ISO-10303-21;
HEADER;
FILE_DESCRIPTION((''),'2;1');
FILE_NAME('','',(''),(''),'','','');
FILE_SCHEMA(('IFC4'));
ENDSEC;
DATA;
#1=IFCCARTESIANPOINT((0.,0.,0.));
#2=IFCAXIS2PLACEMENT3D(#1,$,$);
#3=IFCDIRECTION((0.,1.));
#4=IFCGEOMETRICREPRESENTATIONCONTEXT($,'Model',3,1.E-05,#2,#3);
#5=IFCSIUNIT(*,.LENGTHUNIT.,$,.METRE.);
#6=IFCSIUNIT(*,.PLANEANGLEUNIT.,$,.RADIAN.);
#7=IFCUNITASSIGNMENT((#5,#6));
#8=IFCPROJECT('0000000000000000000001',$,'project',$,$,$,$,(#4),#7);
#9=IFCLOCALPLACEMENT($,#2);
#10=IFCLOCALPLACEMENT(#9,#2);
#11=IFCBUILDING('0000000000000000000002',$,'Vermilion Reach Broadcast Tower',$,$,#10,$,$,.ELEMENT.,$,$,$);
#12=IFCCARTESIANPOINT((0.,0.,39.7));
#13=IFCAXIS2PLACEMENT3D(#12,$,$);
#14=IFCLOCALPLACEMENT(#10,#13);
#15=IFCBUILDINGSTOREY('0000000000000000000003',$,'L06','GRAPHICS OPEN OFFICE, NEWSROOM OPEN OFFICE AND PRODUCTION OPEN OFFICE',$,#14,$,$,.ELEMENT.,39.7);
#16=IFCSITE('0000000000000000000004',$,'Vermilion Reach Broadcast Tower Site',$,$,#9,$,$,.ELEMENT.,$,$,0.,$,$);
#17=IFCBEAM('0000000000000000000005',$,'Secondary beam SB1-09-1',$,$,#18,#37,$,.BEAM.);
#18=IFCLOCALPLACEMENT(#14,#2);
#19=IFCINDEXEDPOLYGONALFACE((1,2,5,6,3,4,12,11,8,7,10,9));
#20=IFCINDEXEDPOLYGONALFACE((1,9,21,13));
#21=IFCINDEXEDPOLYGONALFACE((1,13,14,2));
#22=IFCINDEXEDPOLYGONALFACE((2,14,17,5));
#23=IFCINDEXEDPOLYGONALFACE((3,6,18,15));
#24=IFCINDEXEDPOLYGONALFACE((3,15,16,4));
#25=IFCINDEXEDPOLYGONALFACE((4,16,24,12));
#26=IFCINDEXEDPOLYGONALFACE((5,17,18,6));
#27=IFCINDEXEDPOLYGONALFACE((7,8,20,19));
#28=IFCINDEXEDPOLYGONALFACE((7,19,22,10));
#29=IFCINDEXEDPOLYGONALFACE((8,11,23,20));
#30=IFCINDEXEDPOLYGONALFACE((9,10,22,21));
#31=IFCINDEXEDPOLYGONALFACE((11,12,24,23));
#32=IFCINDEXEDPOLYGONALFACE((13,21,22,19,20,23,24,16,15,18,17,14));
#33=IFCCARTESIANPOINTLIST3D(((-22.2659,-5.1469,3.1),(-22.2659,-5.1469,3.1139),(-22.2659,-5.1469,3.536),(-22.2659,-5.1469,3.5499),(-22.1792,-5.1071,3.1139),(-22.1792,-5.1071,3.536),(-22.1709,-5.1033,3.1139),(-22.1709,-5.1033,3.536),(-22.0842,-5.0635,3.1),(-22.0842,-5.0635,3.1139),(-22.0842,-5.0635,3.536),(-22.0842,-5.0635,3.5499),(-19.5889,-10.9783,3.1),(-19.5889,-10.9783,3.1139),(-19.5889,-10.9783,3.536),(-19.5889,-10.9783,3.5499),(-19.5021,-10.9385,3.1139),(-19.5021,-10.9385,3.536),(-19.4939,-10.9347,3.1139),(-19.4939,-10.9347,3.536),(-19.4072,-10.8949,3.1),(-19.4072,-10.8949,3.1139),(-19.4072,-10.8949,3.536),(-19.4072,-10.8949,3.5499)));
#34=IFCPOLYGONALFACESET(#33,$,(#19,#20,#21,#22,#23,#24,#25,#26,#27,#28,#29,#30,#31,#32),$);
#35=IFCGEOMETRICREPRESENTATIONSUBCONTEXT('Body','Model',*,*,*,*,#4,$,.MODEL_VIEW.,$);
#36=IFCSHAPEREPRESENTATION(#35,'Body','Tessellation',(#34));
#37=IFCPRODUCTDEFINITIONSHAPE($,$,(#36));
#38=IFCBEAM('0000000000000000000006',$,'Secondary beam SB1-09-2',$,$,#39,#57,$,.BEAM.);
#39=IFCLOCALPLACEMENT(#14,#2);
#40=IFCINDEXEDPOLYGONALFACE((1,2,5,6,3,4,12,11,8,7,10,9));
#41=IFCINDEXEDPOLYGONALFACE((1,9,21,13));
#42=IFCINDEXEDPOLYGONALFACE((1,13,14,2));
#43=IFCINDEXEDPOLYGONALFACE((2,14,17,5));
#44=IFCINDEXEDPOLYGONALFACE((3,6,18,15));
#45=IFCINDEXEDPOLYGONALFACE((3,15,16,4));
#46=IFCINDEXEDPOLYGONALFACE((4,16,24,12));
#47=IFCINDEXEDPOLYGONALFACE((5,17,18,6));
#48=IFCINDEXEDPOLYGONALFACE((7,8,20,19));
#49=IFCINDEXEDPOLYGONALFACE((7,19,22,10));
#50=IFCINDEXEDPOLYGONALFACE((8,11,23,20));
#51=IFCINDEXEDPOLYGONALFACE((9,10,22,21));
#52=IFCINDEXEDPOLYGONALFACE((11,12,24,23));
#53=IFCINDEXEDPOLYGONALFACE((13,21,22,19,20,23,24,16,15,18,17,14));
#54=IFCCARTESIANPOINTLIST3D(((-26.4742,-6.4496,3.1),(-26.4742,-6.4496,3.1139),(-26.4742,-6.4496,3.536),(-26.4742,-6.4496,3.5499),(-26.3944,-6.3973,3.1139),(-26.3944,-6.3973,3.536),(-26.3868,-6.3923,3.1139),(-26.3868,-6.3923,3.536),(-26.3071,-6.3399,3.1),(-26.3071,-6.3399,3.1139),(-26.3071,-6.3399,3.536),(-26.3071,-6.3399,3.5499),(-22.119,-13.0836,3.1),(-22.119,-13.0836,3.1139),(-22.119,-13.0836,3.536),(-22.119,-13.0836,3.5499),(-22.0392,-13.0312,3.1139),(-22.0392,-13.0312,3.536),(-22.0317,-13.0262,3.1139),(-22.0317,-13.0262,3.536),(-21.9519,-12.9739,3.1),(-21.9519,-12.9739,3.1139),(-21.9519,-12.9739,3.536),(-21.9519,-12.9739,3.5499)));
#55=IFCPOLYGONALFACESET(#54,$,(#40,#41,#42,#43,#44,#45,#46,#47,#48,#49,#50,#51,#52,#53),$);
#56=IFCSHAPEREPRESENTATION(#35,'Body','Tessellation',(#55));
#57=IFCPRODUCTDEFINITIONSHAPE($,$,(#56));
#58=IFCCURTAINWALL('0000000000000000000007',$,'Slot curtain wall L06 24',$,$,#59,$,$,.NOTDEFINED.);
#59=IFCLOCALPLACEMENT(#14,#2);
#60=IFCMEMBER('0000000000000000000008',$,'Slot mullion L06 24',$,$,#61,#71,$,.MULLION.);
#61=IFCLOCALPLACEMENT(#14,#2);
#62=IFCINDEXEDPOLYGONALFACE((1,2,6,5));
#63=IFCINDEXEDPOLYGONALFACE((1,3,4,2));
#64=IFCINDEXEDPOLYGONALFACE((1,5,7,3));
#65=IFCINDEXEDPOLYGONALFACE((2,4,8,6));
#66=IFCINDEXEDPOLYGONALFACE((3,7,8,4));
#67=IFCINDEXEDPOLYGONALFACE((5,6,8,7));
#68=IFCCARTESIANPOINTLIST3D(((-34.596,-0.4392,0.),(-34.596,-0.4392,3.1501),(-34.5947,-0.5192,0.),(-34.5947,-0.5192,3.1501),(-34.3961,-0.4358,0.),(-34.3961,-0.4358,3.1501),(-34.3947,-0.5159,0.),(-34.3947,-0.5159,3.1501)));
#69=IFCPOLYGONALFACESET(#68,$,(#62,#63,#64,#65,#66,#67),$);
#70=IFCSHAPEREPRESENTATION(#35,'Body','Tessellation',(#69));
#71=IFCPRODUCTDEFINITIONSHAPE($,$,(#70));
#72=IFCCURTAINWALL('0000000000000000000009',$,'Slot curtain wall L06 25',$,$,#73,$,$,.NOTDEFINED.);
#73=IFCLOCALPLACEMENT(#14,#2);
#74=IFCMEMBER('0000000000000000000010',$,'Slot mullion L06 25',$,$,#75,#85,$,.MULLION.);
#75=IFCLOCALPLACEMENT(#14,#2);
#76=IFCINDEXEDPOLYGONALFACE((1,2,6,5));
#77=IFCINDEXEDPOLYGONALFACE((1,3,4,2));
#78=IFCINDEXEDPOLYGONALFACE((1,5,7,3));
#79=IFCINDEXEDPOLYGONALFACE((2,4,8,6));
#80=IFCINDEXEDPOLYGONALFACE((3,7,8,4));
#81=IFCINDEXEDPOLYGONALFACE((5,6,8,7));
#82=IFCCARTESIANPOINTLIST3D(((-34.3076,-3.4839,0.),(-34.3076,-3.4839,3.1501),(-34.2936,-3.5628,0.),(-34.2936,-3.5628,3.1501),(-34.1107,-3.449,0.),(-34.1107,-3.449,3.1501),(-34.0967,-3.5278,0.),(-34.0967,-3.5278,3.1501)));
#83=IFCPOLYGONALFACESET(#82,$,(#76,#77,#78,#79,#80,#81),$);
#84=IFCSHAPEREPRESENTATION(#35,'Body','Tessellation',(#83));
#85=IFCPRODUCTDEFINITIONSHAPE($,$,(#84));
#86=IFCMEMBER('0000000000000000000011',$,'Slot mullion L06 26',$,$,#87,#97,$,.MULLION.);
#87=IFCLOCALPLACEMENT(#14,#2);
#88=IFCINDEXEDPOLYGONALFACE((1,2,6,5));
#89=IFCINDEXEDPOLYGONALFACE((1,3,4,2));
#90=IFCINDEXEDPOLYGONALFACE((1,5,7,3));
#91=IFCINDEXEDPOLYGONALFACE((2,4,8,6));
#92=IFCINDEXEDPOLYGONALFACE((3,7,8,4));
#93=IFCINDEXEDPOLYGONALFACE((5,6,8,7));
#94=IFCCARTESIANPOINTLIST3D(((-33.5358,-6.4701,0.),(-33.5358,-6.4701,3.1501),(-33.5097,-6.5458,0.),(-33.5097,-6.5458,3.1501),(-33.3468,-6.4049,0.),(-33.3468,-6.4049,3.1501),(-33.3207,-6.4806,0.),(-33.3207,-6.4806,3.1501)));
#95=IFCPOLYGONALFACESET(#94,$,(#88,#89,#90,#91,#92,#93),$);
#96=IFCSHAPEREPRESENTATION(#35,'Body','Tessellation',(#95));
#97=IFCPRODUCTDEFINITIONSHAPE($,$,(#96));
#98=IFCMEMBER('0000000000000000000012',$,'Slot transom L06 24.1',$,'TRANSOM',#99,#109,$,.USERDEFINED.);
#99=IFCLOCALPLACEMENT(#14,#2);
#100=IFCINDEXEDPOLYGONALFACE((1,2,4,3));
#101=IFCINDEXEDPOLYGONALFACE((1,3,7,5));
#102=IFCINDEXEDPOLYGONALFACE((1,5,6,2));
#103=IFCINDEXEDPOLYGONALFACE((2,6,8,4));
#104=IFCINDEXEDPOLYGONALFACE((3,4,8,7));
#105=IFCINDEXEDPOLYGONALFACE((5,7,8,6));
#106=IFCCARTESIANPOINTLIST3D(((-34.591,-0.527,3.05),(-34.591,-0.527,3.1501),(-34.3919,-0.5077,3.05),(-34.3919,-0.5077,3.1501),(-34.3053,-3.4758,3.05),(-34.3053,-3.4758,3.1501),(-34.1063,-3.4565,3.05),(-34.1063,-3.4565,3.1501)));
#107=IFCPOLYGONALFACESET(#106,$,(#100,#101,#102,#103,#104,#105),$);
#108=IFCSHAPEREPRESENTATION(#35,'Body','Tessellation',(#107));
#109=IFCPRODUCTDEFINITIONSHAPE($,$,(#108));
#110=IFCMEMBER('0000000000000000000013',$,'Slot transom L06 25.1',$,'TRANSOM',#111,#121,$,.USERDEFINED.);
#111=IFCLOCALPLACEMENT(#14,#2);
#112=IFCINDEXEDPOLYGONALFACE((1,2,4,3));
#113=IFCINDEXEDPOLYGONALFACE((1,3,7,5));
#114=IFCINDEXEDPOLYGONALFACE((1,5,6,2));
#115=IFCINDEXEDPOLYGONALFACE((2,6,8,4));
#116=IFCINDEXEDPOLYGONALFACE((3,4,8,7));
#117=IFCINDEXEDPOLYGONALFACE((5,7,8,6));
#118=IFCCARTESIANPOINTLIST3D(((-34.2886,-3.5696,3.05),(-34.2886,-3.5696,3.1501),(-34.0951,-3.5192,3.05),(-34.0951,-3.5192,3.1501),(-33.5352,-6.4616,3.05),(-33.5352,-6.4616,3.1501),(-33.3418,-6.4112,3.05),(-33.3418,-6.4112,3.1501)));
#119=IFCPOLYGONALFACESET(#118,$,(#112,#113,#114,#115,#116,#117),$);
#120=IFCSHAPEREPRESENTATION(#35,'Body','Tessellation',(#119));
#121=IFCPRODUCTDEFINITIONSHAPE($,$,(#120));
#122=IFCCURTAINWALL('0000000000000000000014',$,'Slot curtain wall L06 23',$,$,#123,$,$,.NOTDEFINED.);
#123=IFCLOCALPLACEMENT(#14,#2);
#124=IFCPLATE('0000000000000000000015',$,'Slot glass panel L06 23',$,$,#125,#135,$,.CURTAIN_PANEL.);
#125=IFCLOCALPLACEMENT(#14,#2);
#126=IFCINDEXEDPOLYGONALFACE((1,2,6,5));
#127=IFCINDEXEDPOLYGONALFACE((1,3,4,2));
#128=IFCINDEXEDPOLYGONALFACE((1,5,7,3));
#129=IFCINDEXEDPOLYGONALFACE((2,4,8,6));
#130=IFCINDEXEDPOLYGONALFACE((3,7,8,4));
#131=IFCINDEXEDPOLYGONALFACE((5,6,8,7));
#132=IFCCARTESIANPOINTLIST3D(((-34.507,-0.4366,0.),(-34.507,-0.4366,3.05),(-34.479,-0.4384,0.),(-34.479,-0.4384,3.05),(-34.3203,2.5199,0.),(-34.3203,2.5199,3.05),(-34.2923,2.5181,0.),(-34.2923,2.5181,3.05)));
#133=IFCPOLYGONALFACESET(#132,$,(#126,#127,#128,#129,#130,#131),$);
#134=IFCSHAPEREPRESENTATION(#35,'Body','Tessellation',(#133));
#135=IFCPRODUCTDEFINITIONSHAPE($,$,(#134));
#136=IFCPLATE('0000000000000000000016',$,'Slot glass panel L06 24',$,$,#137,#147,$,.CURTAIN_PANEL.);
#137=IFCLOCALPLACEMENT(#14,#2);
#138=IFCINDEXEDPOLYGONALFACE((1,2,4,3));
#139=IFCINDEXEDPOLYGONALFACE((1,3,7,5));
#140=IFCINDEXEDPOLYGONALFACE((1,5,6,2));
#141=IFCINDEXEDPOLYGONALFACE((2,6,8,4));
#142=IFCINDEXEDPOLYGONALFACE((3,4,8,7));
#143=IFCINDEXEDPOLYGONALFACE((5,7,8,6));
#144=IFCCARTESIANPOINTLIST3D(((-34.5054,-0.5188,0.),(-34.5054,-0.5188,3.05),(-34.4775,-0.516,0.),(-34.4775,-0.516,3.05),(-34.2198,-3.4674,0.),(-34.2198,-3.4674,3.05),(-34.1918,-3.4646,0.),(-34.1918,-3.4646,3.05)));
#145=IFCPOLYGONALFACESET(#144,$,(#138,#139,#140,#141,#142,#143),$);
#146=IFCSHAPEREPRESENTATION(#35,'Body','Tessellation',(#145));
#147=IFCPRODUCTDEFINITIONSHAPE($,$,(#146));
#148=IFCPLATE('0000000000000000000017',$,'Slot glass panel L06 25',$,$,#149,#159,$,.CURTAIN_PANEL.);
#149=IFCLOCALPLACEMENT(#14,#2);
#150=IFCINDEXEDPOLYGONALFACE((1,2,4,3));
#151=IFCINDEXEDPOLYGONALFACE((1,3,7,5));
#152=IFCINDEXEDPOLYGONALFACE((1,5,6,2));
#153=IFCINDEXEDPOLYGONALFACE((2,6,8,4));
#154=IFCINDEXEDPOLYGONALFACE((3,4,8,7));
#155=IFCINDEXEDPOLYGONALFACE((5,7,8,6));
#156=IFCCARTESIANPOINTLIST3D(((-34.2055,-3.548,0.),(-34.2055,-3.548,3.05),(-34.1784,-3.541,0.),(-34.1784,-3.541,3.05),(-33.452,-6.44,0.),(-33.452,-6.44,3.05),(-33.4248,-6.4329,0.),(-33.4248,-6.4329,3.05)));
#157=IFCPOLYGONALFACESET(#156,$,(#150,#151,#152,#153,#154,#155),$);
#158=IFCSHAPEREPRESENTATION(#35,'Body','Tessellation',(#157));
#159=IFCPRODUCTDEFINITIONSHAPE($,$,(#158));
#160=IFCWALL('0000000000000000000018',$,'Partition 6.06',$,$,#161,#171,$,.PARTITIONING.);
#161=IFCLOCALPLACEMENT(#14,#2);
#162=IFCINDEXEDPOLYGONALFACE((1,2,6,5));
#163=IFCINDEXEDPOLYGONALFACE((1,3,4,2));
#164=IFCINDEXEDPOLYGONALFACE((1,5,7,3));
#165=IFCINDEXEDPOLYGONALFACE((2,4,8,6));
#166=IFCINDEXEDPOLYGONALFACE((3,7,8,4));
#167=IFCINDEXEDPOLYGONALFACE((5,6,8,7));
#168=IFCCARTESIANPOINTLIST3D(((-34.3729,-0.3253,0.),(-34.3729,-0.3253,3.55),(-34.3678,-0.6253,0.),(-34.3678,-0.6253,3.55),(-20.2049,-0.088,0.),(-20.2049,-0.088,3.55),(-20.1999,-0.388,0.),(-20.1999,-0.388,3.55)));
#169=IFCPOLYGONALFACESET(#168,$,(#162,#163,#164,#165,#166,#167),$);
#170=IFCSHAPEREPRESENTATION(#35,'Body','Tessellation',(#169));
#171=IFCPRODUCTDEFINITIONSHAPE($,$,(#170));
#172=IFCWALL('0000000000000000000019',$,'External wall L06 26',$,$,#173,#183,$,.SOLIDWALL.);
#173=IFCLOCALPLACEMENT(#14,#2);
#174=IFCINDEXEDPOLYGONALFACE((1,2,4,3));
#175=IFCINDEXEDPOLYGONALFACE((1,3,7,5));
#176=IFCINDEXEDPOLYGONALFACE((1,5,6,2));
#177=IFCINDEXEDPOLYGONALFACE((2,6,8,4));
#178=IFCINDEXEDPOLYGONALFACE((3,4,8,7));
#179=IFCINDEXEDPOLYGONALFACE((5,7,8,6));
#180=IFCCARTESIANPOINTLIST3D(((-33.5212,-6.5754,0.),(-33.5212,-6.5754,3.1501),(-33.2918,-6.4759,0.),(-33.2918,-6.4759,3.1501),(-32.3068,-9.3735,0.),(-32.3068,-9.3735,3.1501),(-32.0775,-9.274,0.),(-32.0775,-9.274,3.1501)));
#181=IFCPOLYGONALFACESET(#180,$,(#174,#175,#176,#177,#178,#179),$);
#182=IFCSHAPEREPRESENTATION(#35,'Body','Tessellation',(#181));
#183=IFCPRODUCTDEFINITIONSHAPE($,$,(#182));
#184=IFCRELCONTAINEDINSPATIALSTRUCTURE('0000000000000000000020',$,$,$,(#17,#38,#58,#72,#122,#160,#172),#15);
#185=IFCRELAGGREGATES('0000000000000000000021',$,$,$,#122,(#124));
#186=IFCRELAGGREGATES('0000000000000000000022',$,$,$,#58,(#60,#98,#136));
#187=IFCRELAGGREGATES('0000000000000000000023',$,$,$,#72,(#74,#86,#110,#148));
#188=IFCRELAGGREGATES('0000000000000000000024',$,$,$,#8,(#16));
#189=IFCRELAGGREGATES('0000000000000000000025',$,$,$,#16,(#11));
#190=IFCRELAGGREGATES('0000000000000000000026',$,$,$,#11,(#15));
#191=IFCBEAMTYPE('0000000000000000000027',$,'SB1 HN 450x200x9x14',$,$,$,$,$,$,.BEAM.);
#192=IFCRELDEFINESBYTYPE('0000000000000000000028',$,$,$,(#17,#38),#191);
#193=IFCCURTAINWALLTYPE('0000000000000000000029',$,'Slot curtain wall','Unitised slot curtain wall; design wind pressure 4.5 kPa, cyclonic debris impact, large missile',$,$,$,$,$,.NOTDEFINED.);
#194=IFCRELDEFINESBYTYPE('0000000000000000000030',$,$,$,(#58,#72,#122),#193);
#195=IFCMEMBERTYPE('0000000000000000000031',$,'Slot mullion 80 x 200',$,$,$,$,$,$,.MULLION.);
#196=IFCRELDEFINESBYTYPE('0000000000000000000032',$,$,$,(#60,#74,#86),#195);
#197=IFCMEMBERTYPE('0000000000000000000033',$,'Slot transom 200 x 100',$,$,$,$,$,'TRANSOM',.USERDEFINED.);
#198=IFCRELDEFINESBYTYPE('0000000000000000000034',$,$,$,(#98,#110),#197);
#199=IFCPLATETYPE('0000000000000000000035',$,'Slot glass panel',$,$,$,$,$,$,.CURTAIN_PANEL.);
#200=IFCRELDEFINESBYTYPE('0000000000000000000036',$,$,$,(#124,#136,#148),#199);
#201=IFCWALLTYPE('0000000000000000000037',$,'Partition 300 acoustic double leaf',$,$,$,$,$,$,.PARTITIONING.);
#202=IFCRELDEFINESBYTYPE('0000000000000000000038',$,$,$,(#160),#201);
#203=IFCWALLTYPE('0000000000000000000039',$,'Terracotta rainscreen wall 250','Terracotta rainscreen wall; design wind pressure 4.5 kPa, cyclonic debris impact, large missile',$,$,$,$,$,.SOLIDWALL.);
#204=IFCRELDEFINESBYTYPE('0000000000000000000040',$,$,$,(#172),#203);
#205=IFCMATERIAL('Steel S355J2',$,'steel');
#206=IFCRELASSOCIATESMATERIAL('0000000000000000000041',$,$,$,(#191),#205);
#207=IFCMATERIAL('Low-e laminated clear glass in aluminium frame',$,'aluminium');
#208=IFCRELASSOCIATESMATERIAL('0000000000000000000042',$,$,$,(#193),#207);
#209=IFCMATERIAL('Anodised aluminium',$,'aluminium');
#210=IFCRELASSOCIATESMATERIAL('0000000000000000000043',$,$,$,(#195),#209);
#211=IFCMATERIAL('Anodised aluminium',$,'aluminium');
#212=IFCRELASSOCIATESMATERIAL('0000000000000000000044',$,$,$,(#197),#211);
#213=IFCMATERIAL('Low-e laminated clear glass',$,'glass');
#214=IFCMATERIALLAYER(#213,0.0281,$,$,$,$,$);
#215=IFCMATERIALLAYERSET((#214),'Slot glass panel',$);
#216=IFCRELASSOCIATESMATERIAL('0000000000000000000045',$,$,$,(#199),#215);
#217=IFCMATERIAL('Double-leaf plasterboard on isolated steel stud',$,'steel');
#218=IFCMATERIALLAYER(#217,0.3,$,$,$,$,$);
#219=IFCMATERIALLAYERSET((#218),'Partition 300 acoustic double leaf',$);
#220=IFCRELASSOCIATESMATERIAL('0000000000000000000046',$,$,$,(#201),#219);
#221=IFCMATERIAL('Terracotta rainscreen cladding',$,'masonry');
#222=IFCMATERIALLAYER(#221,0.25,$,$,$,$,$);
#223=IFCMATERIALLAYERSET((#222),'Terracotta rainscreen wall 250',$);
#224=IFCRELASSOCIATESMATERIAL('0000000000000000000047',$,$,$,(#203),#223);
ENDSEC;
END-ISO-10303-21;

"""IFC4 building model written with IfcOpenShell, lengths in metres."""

from ifc_helpers import new_model, si_unit, direction, frame, frame_2d, origin, origin_2d, place, context, subcontext, project, spatial, rectangle, i_section, extrude, material, layer, layer_set, material_profile, profile_set, type_object, element, aggregate, save


model = new_model("IFC4")

# Units and contexts
model_context = context("Model", 3, precision=1e-05, world=origin(), true_north=direction((0.0, 1.0)))
body_context = subcontext(model_context, "Body", "Model", "MODEL_VIEW")
ifc_project = project(units=[si_unit("LENGTHUNIT", "METRE"), si_unit("PLANEANGLEUNIT", "RADIAN")], contexts=[model_context])

# Site, building, storey
site_placement = place(None, origin())
site = spatial("IfcSite", under=ifc_project, at=site_placement, Name="Vermilion Reach Broadcast Tower Site", CompositionType="ELEMENT", RefElevation=0.0)
building_placement = place(site_placement, origin())
building = spatial("IfcBuilding", under=site, at=building_placement, Name="Vermilion Reach Broadcast Tower", CompositionType="ELEMENT")
storey_placement = place(building_placement, frame((0.0, 0.0, 39.7)))
storey = spatial("IfcBuildingStorey", under=building, at=storey_placement, Name="L06", Description="GRAPHICS OPEN OFFICE, NEWSROOM OPEN OFFICE AND PRODUCTION OPEN OFFICE", CompositionType="ELEMENT", Elevation=39.7)

# Beams
ifc_material_1 = material(Name="Steel S355J2", Category="steel")
ifc_material_profile_1 = material_profile(ifc_material_1, i_section(OverallWidth=0.2, OverallDepth=0.45, WebThickness=0.009, FlangeThickness=0.0139, at=origin_2d()), Name="S355J2 HN 450x200x9x14")
ifc_profile_set_1 = profile_set([ifc_material_profile_1], Name="Steel S355J2")
beam_type_1 = type_object("IfcBeamType", Name="SB1 HN 450x200x9x14", PredefinedType="BEAM", material=ifc_profile_set_1)
beam_1_placement = place(storey_placement, frame((-22.175, -5.1052, 3.325), z_axis=(0.417211, -0.908809, 0.0), x_axis=(0.908809, 0.417211, 0.0)))
element("IfcBeam", 1, at=beam_1_placement, inside=storey, type_object=beam_type_1, Name="Secondary beam SB1-09-1", PredefinedType="BEAM", context=body_context, shape_type="SweptSolid", body=[
    extrude(i_section(OverallWidth=0.2, OverallDepth=0.45, WebThickness=0.009, FlangeThickness=0.0139, at=origin_2d()), origin(), (0.0, 0.0, 1.0), 6.4165),
])
beam_2_placement = place(storey_placement, frame((-26.3906, -6.3948, 3.325), z_axis=(0.548801, -0.835953, 0.0), x_axis=(0.835953, 0.548801, 0.0)))
element("IfcBeam", 2, at=beam_2_placement, inside=storey, type_object=beam_type_1, Name="Secondary beam SB1-09-2", PredefinedType="BEAM", context=body_context, shape_type="SweptSolid", body=[
    extrude(i_section(OverallWidth=0.2, OverallDepth=0.45, WebThickness=0.009, FlangeThickness=0.0139, at=origin_2d()), origin(), (0.0, 0.0, 1.0), 7.9358),
])

# Curtain wall, member
ifc_material_2 = material(Name="Low-e laminated clear glass in aluminium frame", Category="aluminium")
curtain_wall_type = type_object("IfcCurtainWallType", Name="Slot curtain wall", Description="Unitised slot curtain wall; design wind pressure 4.5 kPa, cyclonic debris impact, large missile", PredefinedType="NOTDEFINED", material=ifc_material_2)
placement = place(storey_placement, origin())
curtain_wall_1 = element("IfcCurtainWall", 3, at=placement, inside=storey, type_object=curtain_wall_type, Name="Slot curtain wall L06 24", PredefinedType="NOTDEFINED")
ifc_material_3 = material(Name="Anodised aluminium", Category="aluminium")
ifc_material_profile_2 = material_profile(ifc_material_3, rectangle(XDim=0.2, YDim=0.0801, at=origin_2d()), Name="Slot mullion 80 x 200")
ifc_profile_set_2 = profile_set([ifc_material_profile_2], Name="Anodised aluminium")
member_type_1 = type_object("IfcMemberType", Name="Slot mullion 80 x 200", PredefinedType="MULLION", material=ifc_profile_set_2)
member_1_placement = place(storey_placement, frame((-34.4954, -0.4775, 0.0), z_axis=(0.0, 0.0, 1.0), x_axis=(0.99986, 0.016754, 0.0)))
member_1 = element("IfcMember", 4, at=member_1_placement, type_object=member_type_1, Name="Slot mullion L06 24", PredefinedType="MULLION", context=body_context, shape_type="SweptSolid", body=[
    extrude(rectangle(XDim=0.2, YDim=0.0801, at=origin_2d()), origin(), (0.0, 0.0, 1.0), 3.1501),
])

# Curtain wall, members
curtain_wall_2 = element("IfcCurtainWall", 5, at=placement, inside=storey, type_object=curtain_wall_type, Name="Slot curtain wall L06 25", PredefinedType="NOTDEFINED")
member_2_placement = place(storey_placement, frame((-34.2021, -3.5059, 0.0), z_axis=(0.0, 0.0, 1.0), x_axis=(0.984598, 0.174832, 0.0)))
member_2 = element("IfcMember", 6, at=member_2_placement, type_object=member_type_1, Name="Slot mullion L06 25", PredefinedType="MULLION", context=body_context, shape_type="SweptSolid", body=[
    extrude(rectangle(XDim=0.2, YDim=0.0801, at=origin_2d()), origin(), (0.0, 0.0, 1.0), 3.1501),
])
member_3_placement = place(storey_placement, frame((-33.4282, -6.4753, 0.0), z_axis=(0.0, 0.0, 1.0), x_axis=(0.945328, 0.32612, 0.0)))
member_3 = element("IfcMember", 7, at=member_3_placement, type_object=member_type_1, Name="Slot mullion L06 26", PredefinedType="MULLION", context=body_context, shape_type="SweptSolid", body=[
    extrude(rectangle(XDim=0.2, YDim=0.0801, at=origin_2d()), origin(), (0.0, 0.0, 1.0), 3.1501),
])

# Members
ifc_material_4 = material(Name="Anodised aluminium", Category="aluminium")
ifc_material_profile_3 = material_profile(ifc_material_4, rectangle(XDim=0.2, YDim=0.1001, at=origin_2d()), Name="Slot transom 200 x 100")
ifc_profile_set_3 = profile_set([ifc_material_profile_3], Name="Anodised aluminium")
member_type_2 = type_object("IfcMemberType", Name="Slot transom 200 x 100", ElementType="TRANSOM", PredefinedType="USERDEFINED", material=ifc_profile_set_3)
member_4_placement = place(storey_placement, frame((-34.4915, -0.5173, 3.1001), z_axis=(0.096419, -0.995341, 0.0), x_axis=(0.995341, 0.096419, 0.0)))
member_4 = element("IfcMember", 8, at=member_4_placement, type_object=member_type_2, Name="Slot transom L06 24.1", ObjectType="TRANSOM", PredefinedType="USERDEFINED", context=body_context, shape_type="SweptSolid", body=[
    extrude(rectangle(XDim=0.2, YDim=0.1001, at=origin_2d()), origin(), (0.0, 0.0, 1.0), 2.9626),
])
member_5_placement = place(storey_placement, frame((-34.1919, -3.5444, 3.1001), z_axis=(0.252096, -0.967702, 0.0), x_axis=(0.967702, 0.252096, 0.0)))
member_5 = element("IfcMember", 9, at=member_5_placement, type_object=member_type_2, Name="Slot transom L06 25.1", ObjectType="TRANSOM", PredefinedType="USERDEFINED", context=body_context, shape_type="SweptSolid", body=[
    extrude(rectangle(XDim=0.2, YDim=0.1001, at=origin_2d()), origin(), (0.0, 0.0, 1.0), 2.9885),
])

# Curtain wall, plate
curtain_wall_3 = element("IfcCurtainWall", 10, at=placement, inside=storey, type_object=curtain_wall_type, Name="Slot curtain wall L06 23", PredefinedType="NOTDEFINED")
ifc_material_5 = material(Name="Low-e laminated clear glass", Category="glass")
ifc_layer_1 = layer(ifc_material_5, 0.0281)
ifc_layer_set_1 = layer_set([ifc_layer_1], Name="Slot glass panel")
plate_type = type_object("IfcPlateType", Name="Slot glass panel", PredefinedType="CURTAIN_PANEL", material=ifc_layer_set_1)
plate_1_placement = place(storey_placement, frame((-34.3997, 1.0408, 0.0), z_axis=(0.0, 0.0, 1.0), x_axis=(-0.063021, -0.998012, 0.0)))
plate_1 = element("IfcPlate", 11, at=plate_1_placement, type_object=plate_type, Name="Slot glass panel L06 23", PredefinedType="CURTAIN_PANEL", context=body_context, shape_type="SweptSolid", body=[
    extrude(rectangle(XDim=2.9624, YDim=0.0281, at=origin_2d()), origin(), (0.0, 0.0, 1.0), 3.05),
])
aggregate(curtain_wall_3, [plate_1])

# Plates
plate_2_placement = place(storey_placement, frame((-34.3486, -1.9917, 0.0), z_axis=(0.0, 0.0, 1.0), x_axis=(0.096423, -0.99534, 0.0)))
plate_2 = element("IfcPlate", 12, at=plate_2_placement, type_object=plate_type, Name="Slot glass panel L06 24", PredefinedType="CURTAIN_PANEL", context=body_context, shape_type="SweptSolid", body=[
    extrude(rectangle(XDim=2.9624, YDim=0.0281, at=origin_2d()), origin(), (0.0, 0.0, 1.0), 3.05),
])
aggregate(curtain_wall_1, [member_1, member_4, plate_2])
plate_3_placement = place(storey_placement, frame((-33.8152, -4.9905, 0.0), z_axis=(0.0, 0.0, 1.0), x_axis=(0.252146, -0.967689, 0.0)))
plate_3 = element("IfcPlate", 13, at=plate_3_placement, type_object=plate_type, Name="Slot glass panel L06 25", PredefinedType="CURTAIN_PANEL", context=body_context, shape_type="SweptSolid", body=[
    extrude(rectangle(XDim=2.9885, YDim=0.0281, at=origin_2d()), origin(), (0.0, 0.0, 1.0), 3.05),
])
aggregate(curtain_wall_2, [member_2, member_3, member_5, plate_3])

# Walls
ifc_material_6 = material(Name="Double-leaf plasterboard on isolated steel stud", Category="steel")
ifc_layer_2 = layer(ifc_material_6, 0.3)
ifc_layer_set_2 = layer_set([ifc_layer_2], Name="Partition 300 acoustic double leaf")
wall_type_1 = type_object("IfcWallType", Name="Partition 300 acoustic double leaf", PredefinedType="PARTITIONING", material=ifc_layer_set_2)
wall_1_placement = place(storey_placement, frame((-34.3704, -0.4753, 0.0), z_axis=(0.0, 0.0, 1.0), x_axis=(0.99986, 0.016747, 0.0)))
element("IfcWall", 14, at=wall_1_placement, inside=storey, type_object=wall_type_1, Name="Partition 6.06", PredefinedType="PARTITIONING", context=body_context, shape_type="SweptSolid", body=[
    extrude(rectangle(XDim=14.1699, YDim=0.3, at=frame_2d((7.085, 0.0))), origin(), (0.0, 0.0, 1.0), 3.55),
])
ifc_material_7 = material(Name="Terracotta rainscreen cladding", Category="masonry")
ifc_layer_3 = layer(ifc_material_7, 0.25)
ifc_layer_set_3 = layer_set([ifc_layer_3], Name="Terracotta rainscreen wall 250")
wall_type_2 = type_object("IfcWallType", Name="Terracotta rainscreen wall 250", Description="Terracotta rainscreen wall; design wind pressure 4.5 kPa, cyclonic debris impact, large missile", PredefinedType="SOLIDWALL", material=ifc_layer_set_3)
wall_2_placement = place(storey_placement, frame((-33.4065, -6.5256, 0.0), z_axis=(0.0, 0.0, 1.0), x_axis=(0.398117, -0.917335, 0.0)))
element("IfcWall", 15, at=wall_2_placement, inside=storey, type_object=wall_type_2, Name="External wall L06 26", PredefinedType="SOLIDWALL", context=body_context, shape_type="SweptSolid", body=[
    extrude(rectangle(XDim=3.0503, YDim=0.25, at=frame_2d((1.5251, 0.0))), origin(), (0.0, 0.0, 1.0), 3.1501),
])

save(model, "model.ifc")
